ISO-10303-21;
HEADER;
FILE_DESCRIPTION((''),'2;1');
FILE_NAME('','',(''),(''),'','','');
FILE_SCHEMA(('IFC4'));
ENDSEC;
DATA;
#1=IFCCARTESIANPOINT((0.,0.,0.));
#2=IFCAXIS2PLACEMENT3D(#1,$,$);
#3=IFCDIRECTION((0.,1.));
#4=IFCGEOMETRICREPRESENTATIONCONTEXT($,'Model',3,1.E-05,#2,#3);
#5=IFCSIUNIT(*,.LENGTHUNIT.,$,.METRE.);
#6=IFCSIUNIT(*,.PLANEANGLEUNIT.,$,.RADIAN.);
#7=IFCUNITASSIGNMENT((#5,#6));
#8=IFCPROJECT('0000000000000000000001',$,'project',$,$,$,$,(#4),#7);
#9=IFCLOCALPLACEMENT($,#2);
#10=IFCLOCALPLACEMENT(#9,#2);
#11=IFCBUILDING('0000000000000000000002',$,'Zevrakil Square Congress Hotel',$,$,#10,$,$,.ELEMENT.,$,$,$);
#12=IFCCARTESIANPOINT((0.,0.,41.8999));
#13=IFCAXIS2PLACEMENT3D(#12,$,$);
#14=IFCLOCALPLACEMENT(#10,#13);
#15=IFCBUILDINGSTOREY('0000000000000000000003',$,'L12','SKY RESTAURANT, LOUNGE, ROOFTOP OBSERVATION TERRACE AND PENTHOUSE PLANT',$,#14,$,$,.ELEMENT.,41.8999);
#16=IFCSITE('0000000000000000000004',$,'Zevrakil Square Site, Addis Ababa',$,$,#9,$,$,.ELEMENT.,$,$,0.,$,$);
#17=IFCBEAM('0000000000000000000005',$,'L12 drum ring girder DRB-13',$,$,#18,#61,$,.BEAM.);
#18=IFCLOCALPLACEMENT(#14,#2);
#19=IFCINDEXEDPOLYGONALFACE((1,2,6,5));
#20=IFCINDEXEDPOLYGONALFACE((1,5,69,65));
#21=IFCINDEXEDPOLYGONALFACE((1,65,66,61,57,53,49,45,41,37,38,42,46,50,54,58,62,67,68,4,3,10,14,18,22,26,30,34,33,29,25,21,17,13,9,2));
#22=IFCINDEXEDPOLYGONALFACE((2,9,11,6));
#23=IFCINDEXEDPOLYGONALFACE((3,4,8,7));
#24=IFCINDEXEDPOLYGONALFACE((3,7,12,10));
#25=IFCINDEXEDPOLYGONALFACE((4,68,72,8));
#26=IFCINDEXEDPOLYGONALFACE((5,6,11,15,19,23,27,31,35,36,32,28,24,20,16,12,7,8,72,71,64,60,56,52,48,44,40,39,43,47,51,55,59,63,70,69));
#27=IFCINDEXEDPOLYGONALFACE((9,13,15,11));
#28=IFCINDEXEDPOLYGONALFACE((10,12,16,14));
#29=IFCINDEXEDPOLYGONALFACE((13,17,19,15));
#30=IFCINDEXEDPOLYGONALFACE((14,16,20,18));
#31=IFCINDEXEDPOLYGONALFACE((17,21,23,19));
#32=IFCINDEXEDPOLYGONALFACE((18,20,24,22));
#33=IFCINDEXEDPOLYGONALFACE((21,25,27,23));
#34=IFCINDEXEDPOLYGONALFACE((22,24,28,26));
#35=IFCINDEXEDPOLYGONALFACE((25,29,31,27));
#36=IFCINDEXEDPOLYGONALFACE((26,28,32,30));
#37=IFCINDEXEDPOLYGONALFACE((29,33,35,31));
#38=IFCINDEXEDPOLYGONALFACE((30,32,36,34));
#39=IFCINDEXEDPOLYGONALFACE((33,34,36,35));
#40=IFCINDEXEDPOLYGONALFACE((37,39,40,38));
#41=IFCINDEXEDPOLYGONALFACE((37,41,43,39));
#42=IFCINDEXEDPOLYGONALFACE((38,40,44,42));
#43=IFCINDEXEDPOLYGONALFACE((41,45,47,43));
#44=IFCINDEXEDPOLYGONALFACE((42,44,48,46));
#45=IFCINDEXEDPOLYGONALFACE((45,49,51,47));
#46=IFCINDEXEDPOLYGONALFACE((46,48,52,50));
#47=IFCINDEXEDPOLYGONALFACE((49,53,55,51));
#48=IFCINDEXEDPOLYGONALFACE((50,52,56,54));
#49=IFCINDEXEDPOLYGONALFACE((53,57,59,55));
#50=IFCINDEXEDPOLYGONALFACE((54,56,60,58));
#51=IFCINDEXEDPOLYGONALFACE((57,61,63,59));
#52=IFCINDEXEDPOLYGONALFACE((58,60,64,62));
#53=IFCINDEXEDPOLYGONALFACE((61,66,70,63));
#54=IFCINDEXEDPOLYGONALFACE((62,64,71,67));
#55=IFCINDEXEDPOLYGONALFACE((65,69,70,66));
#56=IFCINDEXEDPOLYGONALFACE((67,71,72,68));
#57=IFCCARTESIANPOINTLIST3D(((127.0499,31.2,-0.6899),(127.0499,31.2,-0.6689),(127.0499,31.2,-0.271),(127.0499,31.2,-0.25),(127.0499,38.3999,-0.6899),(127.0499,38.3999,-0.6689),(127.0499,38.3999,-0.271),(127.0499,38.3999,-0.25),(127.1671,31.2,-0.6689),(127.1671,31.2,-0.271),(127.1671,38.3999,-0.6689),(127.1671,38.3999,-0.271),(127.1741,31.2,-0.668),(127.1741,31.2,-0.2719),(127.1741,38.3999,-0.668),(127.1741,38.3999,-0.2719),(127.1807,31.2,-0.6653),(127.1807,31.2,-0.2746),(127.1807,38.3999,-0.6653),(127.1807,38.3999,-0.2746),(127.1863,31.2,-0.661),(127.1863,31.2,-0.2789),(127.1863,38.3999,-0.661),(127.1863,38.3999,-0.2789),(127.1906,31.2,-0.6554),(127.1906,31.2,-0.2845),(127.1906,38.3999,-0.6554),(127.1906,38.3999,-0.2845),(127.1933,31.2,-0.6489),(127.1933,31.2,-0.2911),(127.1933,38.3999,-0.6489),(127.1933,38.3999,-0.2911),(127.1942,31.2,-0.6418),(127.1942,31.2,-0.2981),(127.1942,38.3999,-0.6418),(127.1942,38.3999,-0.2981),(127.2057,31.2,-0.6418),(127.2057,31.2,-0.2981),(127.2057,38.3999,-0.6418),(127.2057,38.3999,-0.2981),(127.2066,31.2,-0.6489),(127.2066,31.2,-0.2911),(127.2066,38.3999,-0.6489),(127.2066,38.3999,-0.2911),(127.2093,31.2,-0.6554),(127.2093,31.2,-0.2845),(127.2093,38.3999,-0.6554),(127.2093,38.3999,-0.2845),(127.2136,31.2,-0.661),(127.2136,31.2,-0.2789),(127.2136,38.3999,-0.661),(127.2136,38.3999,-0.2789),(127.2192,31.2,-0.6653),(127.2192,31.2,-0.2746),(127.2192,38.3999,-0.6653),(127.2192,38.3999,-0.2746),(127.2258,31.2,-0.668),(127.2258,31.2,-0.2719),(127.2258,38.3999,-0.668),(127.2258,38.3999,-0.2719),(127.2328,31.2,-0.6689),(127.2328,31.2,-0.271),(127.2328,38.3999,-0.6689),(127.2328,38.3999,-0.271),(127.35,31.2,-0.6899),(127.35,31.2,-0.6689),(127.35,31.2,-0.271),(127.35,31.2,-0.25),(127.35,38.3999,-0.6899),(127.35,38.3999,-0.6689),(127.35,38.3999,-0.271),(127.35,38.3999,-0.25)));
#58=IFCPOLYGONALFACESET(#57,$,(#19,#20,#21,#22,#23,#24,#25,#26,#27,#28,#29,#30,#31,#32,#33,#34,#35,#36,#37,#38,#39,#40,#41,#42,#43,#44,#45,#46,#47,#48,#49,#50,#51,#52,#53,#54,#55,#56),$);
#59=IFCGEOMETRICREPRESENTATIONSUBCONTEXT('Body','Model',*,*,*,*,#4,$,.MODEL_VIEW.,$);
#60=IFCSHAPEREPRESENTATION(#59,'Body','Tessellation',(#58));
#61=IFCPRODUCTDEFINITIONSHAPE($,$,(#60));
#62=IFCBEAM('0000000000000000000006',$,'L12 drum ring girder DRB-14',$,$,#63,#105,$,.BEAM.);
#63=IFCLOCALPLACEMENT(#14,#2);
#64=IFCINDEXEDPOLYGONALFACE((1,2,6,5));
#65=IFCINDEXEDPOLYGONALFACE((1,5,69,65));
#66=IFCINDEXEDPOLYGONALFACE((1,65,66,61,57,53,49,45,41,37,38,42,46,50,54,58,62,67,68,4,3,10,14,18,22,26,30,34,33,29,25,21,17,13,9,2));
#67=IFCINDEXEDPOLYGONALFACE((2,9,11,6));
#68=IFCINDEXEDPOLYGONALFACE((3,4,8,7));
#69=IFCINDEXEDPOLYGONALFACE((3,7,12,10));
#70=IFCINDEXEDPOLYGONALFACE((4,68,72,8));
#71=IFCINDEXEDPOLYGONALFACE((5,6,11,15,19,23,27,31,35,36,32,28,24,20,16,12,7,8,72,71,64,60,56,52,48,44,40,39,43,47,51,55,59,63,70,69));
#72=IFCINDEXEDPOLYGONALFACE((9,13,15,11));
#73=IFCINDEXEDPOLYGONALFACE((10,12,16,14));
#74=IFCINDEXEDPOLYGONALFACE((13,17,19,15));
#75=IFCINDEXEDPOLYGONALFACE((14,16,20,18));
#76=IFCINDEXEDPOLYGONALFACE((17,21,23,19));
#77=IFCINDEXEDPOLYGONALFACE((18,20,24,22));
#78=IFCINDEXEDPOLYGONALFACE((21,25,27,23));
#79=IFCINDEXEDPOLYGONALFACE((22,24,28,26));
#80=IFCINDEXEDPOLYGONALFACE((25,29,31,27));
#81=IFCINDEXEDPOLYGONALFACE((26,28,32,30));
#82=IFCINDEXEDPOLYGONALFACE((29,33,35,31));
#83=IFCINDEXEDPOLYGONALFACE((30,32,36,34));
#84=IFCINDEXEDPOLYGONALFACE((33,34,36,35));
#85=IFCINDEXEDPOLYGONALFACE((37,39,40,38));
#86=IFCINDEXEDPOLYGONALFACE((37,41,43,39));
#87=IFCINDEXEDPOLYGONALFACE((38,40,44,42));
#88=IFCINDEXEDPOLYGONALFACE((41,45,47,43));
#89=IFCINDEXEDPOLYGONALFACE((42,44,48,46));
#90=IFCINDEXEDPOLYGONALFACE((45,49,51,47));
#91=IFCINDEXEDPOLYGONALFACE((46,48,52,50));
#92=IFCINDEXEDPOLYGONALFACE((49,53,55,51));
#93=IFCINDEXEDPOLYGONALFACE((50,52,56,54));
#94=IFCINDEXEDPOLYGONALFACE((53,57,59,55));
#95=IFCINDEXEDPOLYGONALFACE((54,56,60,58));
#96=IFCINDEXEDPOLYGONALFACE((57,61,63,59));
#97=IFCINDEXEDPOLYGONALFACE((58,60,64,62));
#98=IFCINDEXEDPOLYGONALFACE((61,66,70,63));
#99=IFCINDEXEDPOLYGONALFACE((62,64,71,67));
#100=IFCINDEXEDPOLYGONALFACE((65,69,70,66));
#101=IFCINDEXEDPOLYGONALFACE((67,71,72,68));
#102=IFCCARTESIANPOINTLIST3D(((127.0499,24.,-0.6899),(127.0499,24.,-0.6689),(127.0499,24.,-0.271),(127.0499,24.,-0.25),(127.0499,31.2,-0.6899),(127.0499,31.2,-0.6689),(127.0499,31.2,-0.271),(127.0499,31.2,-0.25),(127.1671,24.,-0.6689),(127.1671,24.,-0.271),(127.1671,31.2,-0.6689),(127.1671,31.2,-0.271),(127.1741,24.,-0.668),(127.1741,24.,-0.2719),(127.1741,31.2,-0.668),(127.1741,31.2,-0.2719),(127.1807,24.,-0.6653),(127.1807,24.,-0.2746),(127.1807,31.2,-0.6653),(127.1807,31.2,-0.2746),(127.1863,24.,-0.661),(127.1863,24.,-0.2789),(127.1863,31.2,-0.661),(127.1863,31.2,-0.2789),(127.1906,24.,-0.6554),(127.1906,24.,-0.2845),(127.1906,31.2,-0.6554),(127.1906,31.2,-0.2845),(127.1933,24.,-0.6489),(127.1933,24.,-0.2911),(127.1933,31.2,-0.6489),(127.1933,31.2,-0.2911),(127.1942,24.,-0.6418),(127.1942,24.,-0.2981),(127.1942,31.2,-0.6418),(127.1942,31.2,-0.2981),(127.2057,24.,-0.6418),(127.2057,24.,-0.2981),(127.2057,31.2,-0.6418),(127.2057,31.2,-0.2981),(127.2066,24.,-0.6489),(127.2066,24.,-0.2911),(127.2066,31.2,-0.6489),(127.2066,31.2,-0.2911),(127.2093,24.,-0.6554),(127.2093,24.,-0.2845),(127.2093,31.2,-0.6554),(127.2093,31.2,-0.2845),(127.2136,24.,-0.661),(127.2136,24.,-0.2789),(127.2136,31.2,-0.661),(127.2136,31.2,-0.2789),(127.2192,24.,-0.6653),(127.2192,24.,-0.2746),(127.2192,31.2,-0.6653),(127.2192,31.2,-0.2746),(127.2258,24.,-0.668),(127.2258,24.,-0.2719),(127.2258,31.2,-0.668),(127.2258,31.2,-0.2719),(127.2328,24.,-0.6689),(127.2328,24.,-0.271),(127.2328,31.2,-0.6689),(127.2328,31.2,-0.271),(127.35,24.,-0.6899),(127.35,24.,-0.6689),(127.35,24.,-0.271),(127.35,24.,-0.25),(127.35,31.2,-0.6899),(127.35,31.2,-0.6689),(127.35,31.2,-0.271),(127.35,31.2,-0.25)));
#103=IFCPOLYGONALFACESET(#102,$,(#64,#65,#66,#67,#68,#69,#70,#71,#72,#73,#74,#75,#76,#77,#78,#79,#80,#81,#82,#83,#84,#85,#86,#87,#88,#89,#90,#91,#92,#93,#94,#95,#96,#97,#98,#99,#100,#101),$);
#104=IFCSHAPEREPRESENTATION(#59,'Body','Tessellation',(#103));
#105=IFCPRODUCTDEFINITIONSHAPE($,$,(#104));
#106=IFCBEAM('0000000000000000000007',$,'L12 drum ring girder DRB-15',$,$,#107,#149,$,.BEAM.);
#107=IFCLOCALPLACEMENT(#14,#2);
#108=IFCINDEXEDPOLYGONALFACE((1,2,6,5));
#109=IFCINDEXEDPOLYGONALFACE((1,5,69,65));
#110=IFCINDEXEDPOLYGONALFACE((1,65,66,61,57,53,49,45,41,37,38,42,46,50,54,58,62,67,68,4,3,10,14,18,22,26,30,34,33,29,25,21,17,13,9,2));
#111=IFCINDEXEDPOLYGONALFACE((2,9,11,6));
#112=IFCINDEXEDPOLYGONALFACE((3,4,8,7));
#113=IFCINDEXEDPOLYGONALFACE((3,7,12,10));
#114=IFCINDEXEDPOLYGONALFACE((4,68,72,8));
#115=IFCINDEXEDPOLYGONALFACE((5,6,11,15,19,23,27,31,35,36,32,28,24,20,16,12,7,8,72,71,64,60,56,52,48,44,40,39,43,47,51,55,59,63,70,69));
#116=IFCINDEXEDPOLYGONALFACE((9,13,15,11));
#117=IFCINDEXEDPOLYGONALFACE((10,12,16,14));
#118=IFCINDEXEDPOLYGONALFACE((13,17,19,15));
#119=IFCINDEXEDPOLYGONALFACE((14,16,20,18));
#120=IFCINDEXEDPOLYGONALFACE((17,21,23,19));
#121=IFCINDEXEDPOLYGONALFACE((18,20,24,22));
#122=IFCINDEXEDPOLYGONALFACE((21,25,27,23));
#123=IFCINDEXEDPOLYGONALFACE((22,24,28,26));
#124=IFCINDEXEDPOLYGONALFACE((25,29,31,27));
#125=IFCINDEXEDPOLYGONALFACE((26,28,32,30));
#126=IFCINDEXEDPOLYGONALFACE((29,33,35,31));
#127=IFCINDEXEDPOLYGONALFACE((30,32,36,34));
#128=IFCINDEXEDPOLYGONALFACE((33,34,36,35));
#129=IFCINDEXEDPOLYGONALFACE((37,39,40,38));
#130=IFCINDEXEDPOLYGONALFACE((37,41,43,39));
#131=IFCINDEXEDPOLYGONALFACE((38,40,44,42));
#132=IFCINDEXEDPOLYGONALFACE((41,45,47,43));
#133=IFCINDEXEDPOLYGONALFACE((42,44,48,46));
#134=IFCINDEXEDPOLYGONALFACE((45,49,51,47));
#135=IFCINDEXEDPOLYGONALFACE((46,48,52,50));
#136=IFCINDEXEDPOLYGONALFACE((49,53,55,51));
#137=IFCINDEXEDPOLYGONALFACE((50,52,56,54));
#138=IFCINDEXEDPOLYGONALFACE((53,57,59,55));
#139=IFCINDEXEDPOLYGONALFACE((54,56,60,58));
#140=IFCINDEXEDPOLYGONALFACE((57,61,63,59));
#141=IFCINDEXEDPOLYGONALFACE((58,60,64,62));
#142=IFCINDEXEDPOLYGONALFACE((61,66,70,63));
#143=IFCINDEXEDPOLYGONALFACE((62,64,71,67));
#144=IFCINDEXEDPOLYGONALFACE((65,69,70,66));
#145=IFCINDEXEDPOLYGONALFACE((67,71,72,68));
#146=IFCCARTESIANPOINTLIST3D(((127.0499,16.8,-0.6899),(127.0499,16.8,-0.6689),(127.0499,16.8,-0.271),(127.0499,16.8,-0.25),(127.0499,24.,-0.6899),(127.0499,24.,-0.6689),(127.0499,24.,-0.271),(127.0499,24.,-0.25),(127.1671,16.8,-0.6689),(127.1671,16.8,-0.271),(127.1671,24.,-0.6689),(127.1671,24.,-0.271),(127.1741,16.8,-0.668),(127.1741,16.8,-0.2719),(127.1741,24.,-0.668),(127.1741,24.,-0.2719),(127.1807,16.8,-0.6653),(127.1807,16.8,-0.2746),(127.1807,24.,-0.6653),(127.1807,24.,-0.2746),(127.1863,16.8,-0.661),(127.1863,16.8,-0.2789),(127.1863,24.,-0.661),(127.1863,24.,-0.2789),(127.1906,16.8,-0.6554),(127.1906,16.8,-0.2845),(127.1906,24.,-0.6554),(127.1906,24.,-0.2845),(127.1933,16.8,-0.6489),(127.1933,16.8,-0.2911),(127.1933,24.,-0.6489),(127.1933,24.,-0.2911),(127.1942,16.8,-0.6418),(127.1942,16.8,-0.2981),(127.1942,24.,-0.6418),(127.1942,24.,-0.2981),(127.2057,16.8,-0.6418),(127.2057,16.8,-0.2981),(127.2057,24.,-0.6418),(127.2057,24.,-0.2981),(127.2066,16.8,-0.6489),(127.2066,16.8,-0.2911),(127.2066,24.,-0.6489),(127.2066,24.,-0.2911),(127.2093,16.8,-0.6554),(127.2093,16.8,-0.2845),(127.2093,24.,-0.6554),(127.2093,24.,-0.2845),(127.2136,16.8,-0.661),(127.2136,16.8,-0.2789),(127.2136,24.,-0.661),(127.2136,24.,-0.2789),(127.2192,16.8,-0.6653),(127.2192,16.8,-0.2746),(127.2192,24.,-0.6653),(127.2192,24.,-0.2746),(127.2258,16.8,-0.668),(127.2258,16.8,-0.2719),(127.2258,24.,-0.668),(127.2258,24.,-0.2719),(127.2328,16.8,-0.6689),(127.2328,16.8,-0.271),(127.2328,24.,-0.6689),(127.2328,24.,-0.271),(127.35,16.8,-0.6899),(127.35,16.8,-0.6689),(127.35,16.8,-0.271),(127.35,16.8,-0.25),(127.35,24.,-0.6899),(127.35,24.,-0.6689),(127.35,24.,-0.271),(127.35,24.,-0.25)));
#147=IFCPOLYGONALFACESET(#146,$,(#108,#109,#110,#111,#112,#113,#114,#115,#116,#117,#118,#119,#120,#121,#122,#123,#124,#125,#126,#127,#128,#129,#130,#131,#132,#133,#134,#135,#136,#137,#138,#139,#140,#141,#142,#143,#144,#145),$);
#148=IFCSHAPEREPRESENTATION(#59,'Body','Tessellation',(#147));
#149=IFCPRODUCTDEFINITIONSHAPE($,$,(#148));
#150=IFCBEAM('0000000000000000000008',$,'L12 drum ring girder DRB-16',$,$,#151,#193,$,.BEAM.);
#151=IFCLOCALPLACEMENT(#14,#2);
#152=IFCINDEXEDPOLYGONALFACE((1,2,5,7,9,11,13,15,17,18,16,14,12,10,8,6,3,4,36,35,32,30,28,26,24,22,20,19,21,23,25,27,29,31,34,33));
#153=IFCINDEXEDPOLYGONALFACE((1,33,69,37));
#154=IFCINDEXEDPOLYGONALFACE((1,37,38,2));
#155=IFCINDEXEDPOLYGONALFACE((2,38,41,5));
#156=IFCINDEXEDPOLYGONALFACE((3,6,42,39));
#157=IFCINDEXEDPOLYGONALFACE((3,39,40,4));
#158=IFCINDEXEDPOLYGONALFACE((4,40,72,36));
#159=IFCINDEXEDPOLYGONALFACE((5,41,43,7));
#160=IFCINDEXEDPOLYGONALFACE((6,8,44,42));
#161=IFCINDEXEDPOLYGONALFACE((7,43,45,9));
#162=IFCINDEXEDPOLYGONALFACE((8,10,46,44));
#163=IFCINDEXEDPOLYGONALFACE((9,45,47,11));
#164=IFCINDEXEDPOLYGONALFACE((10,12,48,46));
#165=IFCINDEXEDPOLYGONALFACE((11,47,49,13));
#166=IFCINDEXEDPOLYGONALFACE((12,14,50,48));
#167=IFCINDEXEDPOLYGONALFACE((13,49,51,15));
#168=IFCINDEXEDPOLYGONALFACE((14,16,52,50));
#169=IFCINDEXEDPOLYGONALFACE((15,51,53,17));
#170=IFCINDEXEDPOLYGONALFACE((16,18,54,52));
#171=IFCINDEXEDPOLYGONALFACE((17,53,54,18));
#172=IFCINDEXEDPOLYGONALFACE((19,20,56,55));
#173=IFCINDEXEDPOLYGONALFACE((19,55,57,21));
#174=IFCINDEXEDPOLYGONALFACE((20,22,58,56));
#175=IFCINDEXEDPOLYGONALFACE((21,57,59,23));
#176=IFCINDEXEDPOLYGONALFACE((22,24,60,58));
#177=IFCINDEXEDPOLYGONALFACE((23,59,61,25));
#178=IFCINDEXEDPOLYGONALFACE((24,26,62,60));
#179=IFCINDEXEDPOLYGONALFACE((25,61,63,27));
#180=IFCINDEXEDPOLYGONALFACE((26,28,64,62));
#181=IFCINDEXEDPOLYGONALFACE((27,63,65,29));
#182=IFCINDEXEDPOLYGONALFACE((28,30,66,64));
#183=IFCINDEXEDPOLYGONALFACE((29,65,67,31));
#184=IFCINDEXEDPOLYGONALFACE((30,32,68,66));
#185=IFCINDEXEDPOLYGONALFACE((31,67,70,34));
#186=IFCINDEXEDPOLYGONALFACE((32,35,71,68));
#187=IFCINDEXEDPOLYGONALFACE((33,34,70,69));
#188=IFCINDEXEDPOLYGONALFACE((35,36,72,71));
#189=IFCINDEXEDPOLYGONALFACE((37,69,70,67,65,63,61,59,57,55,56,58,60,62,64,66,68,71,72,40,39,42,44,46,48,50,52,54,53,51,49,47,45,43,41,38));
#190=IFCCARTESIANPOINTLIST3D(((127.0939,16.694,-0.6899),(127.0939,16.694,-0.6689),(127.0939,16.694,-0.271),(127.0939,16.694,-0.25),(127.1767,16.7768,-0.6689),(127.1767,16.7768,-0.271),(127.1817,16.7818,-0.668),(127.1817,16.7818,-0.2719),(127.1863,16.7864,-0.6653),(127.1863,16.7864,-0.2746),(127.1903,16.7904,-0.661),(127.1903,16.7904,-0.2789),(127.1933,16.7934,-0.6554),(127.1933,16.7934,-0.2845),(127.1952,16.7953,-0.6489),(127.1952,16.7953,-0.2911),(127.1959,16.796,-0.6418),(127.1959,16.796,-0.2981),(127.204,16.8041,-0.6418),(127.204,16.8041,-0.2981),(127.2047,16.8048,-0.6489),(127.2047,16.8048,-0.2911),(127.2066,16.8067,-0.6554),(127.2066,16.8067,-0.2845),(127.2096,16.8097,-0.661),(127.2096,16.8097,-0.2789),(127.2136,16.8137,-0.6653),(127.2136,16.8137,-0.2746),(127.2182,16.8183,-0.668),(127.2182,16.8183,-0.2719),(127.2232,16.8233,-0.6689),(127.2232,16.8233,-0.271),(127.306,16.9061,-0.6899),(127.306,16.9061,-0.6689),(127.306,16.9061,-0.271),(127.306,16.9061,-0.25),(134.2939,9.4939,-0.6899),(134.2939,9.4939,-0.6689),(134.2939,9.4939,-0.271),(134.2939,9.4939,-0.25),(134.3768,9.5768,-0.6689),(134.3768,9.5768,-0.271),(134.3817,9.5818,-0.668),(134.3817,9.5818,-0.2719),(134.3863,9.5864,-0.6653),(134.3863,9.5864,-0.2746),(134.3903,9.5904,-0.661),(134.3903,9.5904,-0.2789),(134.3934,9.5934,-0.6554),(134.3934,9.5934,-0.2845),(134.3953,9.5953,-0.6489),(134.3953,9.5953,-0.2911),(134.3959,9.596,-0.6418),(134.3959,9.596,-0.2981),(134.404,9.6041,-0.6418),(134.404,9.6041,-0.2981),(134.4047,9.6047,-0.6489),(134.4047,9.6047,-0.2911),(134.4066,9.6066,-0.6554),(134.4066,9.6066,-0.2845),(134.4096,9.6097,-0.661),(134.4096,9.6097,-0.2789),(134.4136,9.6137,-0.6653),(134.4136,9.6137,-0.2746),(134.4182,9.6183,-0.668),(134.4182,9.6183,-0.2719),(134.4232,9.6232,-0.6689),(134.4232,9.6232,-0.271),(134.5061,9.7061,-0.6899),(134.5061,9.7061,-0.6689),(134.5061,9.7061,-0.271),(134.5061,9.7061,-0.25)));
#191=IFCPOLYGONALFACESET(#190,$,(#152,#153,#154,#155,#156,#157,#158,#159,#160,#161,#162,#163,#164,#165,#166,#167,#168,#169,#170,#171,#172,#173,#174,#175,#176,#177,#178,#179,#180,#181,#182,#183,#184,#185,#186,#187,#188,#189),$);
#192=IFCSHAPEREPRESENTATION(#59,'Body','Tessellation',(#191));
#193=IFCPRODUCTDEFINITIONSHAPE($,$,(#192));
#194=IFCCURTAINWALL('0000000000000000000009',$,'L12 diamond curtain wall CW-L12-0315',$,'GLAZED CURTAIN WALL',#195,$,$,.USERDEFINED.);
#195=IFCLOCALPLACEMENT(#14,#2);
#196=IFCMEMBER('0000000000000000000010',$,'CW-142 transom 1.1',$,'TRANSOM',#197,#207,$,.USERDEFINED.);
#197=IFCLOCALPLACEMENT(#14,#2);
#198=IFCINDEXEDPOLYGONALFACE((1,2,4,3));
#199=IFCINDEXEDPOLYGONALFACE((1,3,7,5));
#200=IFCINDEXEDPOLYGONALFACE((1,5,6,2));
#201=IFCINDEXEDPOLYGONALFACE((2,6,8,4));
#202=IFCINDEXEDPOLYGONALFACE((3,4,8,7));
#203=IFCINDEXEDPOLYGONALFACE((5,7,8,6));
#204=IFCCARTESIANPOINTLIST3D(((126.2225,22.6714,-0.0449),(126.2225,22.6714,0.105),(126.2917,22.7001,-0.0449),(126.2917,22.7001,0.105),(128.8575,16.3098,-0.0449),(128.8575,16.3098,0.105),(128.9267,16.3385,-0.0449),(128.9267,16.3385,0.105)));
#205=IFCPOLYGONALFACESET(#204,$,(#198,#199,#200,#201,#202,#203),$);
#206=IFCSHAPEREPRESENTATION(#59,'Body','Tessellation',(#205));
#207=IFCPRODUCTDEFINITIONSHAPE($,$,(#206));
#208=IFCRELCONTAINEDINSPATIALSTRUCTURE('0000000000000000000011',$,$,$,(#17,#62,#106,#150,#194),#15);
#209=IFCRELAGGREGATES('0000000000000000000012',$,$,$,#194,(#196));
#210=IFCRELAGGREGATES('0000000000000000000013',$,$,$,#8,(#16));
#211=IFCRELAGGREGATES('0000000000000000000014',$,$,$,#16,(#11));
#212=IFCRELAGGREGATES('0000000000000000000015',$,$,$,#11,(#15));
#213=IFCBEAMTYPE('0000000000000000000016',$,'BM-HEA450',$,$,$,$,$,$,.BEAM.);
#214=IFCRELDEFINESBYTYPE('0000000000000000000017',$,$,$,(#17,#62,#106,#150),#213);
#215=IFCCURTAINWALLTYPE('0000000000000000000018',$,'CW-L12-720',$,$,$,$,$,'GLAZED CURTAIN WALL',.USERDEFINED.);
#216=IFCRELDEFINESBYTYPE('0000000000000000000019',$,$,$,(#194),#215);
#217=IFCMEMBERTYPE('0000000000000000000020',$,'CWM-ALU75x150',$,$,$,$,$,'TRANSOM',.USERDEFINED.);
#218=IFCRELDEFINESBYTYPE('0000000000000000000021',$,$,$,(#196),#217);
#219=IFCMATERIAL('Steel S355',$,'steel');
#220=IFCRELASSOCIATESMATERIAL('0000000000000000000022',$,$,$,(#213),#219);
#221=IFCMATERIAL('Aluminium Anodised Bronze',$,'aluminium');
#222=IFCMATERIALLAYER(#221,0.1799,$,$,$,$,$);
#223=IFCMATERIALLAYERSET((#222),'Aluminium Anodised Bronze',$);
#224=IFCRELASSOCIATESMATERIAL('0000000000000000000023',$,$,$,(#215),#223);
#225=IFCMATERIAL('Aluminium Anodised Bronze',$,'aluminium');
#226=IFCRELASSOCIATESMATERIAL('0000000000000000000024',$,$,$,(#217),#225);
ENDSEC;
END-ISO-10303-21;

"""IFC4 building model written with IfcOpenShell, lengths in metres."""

from ifc_helpers import new_model, si_unit, direction, frame, origin, origin_2d, place, context, subcontext, project, spatial, rectangle, i_section, extrude, material, layer, layer_set, material_profile, profile_set, type_object, element, aggregate, save


model = new_model("IFC4")

# Units and contexts
model_context = context("Model", 3, precision=1e-05, world=origin(), true_north=direction((0.0, 1.0)))
body_context = subcontext(model_context, "Body", "Model", "MODEL_VIEW")
ifc_project = project(units=[si_unit("LENGTHUNIT", "METRE"), si_unit("PLANEANGLEUNIT", "RADIAN")], contexts=[model_context])

# Site, building, storey
site_placement = place(None, origin())
site = spatial("IfcSite", under=ifc_project, at=site_placement, Name="Zevrakil Square Site, Addis Ababa", CompositionType="ELEMENT", RefElevation=0.0)
building_placement = place(site_placement, origin())
building = spatial("IfcBuilding", under=site, at=building_placement, Name="Zevrakil Square Congress Hotel", CompositionType="ELEMENT")
storey_placement = place(building_placement, frame((0.0, 0.0, 41.8999)))
storey = spatial("IfcBuildingStorey", under=building, at=storey_placement, Name="L12", Description="SKY RESTAURANT, LOUNGE, ROOFTOP OBSERVATION TERRACE AND PENTHOUSE PLANT", CompositionType="ELEMENT", Elevation=41.8999)

# Beams
ifc_material_1 = material(Name="Steel S355", Category="steel")
ifc_material_profile_1 = material_profile(ifc_material_1, i_section(OverallWidth=0.3, OverallDepth=0.4399, WebThickness=0.0115, FlangeThickness=0.021, FilletRadius=0.0271, at=origin_2d()), Name="HEA 450")
ifc_profile_set_1 = profile_set([ifc_material_profile_1], Name="Steel S355")
beam_type_1 = type_object("IfcBeamType", Name="BM-HEA450", PredefinedType="BEAM", material=ifc_profile_set_1)
for number, where, z_axis, x_axis, name in (
    (1, (127.2, 38.3999, -0.47), (0.0, -1.0, 0.0), (1.0, 0.0, 0.0), "L12 drum ring girder DRB-13"),
    (2, (127.2, 31.2, -0.47), (0.0, -1.0, 0.0), (1.0, 0.0, 0.0), "L12 drum ring girder DRB-14"),
    (3, (127.2, 24.0, -0.47), (0.0, -1.0, 0.0), (1.0, 0.0, 0.0), "L12 drum ring girder DRB-15"),
):
    element("IfcBeam", number, at=place(storey_placement, frame(where, z_axis=z_axis, x_axis=x_axis)), inside=storey, type_object=beam_type_1, Name=name, PredefinedType="BEAM", context=body_context, shape_type="SweptSolid", body=[
        extrude(i_section(OverallWidth=0.3, OverallDepth=0.4399, WebThickness=0.0115, FlangeThickness=0.021, FilletRadius=0.0271, at=origin_2d()), origin(), (0.0, 0.0, 1.0), 7.2),
    ])
beam_placement = place(storey_placement, frame((127.2, 16.8, -0.47), z_axis=(0.707107, -0.707107, 0.0), x_axis=(0.707107, 0.707107, 0.0)))
element("IfcBeam", 4, at=beam_placement, inside=storey, type_object=beam_type_1, Name="L12 drum ring girder DRB-16", PredefinedType="BEAM", context=body_context, shape_type="SweptSolid", body=[
    extrude(i_section(OverallWidth=0.3, OverallDepth=0.4399, WebThickness=0.0115, FlangeThickness=0.021, FilletRadius=0.0271, at=origin_2d()), origin(), (0.0, 0.0, 1.0), 10.1824),
])

# Curtain wall, member
ifc_material_2 = material(Name="Aluminium Anodised Bronze", Category="aluminium")
ifc_layer_1 = layer(ifc_material_2, 0.1799)
ifc_layer_set_1 = layer_set([ifc_layer_1], Name="Aluminium Anodised Bronze")
curtain_wall_type_1 = type_object("IfcCurtainWallType", Name="CW-L12-720", ElementType="GLAZED CURTAIN WALL", PredefinedType="USERDEFINED", material=ifc_layer_set_1)
curtain_wall_1_placement = place(storey_placement, origin())
curtain_wall_1 = element("IfcCurtainWall", 5, at=curtain_wall_1_placement, inside=storey, type_object=curtain_wall_type_1, Name="L12 diamond curtain wall CW-L12-0315", ObjectType="GLAZED CURTAIN WALL", PredefinedType="USERDEFINED")
ifc_material_3 = material(Name="Aluminium Anodised Bronze", Category="aluminium")
ifc_material_profile_2 = material_profile(ifc_material_3, rectangle(XDim=0.075, YDim=0.1499, at=origin_2d()), Name="ALU 75x150")
ifc_profile_set_2 = profile_set([ifc_material_profile_2], Name="Aluminium Anodised Bronze")
member_type_1 = type_object("IfcMemberType", Name="CWM-ALU75x150", ElementType="TRANSOM", PredefinedType="USERDEFINED", material=ifc_profile_set_2)
member_1_placement = place(storey_placement, frame((126.2571, 22.6858, 0.03), z_axis=(0.382679, -0.923882, 0.0), x_axis=(0.923882, 0.382679, 0.0)))
member_1 = element("IfcMember", 6, at=member_1_placement, type_object=member_type_1, Name="CW-142 transom 1.1", ObjectType="TRANSOM", PredefinedType="USERDEFINED", context=body_context, shape_type="SweptSolid", body=[
    extrude(rectangle(XDim=0.075, YDim=0.1499, at=origin_2d()), origin(), (0.0, 0.0, 1.0), 6.8857),
])

aggregate(curtain_wall_1, [member_1])

save(model, "model.ifc")
